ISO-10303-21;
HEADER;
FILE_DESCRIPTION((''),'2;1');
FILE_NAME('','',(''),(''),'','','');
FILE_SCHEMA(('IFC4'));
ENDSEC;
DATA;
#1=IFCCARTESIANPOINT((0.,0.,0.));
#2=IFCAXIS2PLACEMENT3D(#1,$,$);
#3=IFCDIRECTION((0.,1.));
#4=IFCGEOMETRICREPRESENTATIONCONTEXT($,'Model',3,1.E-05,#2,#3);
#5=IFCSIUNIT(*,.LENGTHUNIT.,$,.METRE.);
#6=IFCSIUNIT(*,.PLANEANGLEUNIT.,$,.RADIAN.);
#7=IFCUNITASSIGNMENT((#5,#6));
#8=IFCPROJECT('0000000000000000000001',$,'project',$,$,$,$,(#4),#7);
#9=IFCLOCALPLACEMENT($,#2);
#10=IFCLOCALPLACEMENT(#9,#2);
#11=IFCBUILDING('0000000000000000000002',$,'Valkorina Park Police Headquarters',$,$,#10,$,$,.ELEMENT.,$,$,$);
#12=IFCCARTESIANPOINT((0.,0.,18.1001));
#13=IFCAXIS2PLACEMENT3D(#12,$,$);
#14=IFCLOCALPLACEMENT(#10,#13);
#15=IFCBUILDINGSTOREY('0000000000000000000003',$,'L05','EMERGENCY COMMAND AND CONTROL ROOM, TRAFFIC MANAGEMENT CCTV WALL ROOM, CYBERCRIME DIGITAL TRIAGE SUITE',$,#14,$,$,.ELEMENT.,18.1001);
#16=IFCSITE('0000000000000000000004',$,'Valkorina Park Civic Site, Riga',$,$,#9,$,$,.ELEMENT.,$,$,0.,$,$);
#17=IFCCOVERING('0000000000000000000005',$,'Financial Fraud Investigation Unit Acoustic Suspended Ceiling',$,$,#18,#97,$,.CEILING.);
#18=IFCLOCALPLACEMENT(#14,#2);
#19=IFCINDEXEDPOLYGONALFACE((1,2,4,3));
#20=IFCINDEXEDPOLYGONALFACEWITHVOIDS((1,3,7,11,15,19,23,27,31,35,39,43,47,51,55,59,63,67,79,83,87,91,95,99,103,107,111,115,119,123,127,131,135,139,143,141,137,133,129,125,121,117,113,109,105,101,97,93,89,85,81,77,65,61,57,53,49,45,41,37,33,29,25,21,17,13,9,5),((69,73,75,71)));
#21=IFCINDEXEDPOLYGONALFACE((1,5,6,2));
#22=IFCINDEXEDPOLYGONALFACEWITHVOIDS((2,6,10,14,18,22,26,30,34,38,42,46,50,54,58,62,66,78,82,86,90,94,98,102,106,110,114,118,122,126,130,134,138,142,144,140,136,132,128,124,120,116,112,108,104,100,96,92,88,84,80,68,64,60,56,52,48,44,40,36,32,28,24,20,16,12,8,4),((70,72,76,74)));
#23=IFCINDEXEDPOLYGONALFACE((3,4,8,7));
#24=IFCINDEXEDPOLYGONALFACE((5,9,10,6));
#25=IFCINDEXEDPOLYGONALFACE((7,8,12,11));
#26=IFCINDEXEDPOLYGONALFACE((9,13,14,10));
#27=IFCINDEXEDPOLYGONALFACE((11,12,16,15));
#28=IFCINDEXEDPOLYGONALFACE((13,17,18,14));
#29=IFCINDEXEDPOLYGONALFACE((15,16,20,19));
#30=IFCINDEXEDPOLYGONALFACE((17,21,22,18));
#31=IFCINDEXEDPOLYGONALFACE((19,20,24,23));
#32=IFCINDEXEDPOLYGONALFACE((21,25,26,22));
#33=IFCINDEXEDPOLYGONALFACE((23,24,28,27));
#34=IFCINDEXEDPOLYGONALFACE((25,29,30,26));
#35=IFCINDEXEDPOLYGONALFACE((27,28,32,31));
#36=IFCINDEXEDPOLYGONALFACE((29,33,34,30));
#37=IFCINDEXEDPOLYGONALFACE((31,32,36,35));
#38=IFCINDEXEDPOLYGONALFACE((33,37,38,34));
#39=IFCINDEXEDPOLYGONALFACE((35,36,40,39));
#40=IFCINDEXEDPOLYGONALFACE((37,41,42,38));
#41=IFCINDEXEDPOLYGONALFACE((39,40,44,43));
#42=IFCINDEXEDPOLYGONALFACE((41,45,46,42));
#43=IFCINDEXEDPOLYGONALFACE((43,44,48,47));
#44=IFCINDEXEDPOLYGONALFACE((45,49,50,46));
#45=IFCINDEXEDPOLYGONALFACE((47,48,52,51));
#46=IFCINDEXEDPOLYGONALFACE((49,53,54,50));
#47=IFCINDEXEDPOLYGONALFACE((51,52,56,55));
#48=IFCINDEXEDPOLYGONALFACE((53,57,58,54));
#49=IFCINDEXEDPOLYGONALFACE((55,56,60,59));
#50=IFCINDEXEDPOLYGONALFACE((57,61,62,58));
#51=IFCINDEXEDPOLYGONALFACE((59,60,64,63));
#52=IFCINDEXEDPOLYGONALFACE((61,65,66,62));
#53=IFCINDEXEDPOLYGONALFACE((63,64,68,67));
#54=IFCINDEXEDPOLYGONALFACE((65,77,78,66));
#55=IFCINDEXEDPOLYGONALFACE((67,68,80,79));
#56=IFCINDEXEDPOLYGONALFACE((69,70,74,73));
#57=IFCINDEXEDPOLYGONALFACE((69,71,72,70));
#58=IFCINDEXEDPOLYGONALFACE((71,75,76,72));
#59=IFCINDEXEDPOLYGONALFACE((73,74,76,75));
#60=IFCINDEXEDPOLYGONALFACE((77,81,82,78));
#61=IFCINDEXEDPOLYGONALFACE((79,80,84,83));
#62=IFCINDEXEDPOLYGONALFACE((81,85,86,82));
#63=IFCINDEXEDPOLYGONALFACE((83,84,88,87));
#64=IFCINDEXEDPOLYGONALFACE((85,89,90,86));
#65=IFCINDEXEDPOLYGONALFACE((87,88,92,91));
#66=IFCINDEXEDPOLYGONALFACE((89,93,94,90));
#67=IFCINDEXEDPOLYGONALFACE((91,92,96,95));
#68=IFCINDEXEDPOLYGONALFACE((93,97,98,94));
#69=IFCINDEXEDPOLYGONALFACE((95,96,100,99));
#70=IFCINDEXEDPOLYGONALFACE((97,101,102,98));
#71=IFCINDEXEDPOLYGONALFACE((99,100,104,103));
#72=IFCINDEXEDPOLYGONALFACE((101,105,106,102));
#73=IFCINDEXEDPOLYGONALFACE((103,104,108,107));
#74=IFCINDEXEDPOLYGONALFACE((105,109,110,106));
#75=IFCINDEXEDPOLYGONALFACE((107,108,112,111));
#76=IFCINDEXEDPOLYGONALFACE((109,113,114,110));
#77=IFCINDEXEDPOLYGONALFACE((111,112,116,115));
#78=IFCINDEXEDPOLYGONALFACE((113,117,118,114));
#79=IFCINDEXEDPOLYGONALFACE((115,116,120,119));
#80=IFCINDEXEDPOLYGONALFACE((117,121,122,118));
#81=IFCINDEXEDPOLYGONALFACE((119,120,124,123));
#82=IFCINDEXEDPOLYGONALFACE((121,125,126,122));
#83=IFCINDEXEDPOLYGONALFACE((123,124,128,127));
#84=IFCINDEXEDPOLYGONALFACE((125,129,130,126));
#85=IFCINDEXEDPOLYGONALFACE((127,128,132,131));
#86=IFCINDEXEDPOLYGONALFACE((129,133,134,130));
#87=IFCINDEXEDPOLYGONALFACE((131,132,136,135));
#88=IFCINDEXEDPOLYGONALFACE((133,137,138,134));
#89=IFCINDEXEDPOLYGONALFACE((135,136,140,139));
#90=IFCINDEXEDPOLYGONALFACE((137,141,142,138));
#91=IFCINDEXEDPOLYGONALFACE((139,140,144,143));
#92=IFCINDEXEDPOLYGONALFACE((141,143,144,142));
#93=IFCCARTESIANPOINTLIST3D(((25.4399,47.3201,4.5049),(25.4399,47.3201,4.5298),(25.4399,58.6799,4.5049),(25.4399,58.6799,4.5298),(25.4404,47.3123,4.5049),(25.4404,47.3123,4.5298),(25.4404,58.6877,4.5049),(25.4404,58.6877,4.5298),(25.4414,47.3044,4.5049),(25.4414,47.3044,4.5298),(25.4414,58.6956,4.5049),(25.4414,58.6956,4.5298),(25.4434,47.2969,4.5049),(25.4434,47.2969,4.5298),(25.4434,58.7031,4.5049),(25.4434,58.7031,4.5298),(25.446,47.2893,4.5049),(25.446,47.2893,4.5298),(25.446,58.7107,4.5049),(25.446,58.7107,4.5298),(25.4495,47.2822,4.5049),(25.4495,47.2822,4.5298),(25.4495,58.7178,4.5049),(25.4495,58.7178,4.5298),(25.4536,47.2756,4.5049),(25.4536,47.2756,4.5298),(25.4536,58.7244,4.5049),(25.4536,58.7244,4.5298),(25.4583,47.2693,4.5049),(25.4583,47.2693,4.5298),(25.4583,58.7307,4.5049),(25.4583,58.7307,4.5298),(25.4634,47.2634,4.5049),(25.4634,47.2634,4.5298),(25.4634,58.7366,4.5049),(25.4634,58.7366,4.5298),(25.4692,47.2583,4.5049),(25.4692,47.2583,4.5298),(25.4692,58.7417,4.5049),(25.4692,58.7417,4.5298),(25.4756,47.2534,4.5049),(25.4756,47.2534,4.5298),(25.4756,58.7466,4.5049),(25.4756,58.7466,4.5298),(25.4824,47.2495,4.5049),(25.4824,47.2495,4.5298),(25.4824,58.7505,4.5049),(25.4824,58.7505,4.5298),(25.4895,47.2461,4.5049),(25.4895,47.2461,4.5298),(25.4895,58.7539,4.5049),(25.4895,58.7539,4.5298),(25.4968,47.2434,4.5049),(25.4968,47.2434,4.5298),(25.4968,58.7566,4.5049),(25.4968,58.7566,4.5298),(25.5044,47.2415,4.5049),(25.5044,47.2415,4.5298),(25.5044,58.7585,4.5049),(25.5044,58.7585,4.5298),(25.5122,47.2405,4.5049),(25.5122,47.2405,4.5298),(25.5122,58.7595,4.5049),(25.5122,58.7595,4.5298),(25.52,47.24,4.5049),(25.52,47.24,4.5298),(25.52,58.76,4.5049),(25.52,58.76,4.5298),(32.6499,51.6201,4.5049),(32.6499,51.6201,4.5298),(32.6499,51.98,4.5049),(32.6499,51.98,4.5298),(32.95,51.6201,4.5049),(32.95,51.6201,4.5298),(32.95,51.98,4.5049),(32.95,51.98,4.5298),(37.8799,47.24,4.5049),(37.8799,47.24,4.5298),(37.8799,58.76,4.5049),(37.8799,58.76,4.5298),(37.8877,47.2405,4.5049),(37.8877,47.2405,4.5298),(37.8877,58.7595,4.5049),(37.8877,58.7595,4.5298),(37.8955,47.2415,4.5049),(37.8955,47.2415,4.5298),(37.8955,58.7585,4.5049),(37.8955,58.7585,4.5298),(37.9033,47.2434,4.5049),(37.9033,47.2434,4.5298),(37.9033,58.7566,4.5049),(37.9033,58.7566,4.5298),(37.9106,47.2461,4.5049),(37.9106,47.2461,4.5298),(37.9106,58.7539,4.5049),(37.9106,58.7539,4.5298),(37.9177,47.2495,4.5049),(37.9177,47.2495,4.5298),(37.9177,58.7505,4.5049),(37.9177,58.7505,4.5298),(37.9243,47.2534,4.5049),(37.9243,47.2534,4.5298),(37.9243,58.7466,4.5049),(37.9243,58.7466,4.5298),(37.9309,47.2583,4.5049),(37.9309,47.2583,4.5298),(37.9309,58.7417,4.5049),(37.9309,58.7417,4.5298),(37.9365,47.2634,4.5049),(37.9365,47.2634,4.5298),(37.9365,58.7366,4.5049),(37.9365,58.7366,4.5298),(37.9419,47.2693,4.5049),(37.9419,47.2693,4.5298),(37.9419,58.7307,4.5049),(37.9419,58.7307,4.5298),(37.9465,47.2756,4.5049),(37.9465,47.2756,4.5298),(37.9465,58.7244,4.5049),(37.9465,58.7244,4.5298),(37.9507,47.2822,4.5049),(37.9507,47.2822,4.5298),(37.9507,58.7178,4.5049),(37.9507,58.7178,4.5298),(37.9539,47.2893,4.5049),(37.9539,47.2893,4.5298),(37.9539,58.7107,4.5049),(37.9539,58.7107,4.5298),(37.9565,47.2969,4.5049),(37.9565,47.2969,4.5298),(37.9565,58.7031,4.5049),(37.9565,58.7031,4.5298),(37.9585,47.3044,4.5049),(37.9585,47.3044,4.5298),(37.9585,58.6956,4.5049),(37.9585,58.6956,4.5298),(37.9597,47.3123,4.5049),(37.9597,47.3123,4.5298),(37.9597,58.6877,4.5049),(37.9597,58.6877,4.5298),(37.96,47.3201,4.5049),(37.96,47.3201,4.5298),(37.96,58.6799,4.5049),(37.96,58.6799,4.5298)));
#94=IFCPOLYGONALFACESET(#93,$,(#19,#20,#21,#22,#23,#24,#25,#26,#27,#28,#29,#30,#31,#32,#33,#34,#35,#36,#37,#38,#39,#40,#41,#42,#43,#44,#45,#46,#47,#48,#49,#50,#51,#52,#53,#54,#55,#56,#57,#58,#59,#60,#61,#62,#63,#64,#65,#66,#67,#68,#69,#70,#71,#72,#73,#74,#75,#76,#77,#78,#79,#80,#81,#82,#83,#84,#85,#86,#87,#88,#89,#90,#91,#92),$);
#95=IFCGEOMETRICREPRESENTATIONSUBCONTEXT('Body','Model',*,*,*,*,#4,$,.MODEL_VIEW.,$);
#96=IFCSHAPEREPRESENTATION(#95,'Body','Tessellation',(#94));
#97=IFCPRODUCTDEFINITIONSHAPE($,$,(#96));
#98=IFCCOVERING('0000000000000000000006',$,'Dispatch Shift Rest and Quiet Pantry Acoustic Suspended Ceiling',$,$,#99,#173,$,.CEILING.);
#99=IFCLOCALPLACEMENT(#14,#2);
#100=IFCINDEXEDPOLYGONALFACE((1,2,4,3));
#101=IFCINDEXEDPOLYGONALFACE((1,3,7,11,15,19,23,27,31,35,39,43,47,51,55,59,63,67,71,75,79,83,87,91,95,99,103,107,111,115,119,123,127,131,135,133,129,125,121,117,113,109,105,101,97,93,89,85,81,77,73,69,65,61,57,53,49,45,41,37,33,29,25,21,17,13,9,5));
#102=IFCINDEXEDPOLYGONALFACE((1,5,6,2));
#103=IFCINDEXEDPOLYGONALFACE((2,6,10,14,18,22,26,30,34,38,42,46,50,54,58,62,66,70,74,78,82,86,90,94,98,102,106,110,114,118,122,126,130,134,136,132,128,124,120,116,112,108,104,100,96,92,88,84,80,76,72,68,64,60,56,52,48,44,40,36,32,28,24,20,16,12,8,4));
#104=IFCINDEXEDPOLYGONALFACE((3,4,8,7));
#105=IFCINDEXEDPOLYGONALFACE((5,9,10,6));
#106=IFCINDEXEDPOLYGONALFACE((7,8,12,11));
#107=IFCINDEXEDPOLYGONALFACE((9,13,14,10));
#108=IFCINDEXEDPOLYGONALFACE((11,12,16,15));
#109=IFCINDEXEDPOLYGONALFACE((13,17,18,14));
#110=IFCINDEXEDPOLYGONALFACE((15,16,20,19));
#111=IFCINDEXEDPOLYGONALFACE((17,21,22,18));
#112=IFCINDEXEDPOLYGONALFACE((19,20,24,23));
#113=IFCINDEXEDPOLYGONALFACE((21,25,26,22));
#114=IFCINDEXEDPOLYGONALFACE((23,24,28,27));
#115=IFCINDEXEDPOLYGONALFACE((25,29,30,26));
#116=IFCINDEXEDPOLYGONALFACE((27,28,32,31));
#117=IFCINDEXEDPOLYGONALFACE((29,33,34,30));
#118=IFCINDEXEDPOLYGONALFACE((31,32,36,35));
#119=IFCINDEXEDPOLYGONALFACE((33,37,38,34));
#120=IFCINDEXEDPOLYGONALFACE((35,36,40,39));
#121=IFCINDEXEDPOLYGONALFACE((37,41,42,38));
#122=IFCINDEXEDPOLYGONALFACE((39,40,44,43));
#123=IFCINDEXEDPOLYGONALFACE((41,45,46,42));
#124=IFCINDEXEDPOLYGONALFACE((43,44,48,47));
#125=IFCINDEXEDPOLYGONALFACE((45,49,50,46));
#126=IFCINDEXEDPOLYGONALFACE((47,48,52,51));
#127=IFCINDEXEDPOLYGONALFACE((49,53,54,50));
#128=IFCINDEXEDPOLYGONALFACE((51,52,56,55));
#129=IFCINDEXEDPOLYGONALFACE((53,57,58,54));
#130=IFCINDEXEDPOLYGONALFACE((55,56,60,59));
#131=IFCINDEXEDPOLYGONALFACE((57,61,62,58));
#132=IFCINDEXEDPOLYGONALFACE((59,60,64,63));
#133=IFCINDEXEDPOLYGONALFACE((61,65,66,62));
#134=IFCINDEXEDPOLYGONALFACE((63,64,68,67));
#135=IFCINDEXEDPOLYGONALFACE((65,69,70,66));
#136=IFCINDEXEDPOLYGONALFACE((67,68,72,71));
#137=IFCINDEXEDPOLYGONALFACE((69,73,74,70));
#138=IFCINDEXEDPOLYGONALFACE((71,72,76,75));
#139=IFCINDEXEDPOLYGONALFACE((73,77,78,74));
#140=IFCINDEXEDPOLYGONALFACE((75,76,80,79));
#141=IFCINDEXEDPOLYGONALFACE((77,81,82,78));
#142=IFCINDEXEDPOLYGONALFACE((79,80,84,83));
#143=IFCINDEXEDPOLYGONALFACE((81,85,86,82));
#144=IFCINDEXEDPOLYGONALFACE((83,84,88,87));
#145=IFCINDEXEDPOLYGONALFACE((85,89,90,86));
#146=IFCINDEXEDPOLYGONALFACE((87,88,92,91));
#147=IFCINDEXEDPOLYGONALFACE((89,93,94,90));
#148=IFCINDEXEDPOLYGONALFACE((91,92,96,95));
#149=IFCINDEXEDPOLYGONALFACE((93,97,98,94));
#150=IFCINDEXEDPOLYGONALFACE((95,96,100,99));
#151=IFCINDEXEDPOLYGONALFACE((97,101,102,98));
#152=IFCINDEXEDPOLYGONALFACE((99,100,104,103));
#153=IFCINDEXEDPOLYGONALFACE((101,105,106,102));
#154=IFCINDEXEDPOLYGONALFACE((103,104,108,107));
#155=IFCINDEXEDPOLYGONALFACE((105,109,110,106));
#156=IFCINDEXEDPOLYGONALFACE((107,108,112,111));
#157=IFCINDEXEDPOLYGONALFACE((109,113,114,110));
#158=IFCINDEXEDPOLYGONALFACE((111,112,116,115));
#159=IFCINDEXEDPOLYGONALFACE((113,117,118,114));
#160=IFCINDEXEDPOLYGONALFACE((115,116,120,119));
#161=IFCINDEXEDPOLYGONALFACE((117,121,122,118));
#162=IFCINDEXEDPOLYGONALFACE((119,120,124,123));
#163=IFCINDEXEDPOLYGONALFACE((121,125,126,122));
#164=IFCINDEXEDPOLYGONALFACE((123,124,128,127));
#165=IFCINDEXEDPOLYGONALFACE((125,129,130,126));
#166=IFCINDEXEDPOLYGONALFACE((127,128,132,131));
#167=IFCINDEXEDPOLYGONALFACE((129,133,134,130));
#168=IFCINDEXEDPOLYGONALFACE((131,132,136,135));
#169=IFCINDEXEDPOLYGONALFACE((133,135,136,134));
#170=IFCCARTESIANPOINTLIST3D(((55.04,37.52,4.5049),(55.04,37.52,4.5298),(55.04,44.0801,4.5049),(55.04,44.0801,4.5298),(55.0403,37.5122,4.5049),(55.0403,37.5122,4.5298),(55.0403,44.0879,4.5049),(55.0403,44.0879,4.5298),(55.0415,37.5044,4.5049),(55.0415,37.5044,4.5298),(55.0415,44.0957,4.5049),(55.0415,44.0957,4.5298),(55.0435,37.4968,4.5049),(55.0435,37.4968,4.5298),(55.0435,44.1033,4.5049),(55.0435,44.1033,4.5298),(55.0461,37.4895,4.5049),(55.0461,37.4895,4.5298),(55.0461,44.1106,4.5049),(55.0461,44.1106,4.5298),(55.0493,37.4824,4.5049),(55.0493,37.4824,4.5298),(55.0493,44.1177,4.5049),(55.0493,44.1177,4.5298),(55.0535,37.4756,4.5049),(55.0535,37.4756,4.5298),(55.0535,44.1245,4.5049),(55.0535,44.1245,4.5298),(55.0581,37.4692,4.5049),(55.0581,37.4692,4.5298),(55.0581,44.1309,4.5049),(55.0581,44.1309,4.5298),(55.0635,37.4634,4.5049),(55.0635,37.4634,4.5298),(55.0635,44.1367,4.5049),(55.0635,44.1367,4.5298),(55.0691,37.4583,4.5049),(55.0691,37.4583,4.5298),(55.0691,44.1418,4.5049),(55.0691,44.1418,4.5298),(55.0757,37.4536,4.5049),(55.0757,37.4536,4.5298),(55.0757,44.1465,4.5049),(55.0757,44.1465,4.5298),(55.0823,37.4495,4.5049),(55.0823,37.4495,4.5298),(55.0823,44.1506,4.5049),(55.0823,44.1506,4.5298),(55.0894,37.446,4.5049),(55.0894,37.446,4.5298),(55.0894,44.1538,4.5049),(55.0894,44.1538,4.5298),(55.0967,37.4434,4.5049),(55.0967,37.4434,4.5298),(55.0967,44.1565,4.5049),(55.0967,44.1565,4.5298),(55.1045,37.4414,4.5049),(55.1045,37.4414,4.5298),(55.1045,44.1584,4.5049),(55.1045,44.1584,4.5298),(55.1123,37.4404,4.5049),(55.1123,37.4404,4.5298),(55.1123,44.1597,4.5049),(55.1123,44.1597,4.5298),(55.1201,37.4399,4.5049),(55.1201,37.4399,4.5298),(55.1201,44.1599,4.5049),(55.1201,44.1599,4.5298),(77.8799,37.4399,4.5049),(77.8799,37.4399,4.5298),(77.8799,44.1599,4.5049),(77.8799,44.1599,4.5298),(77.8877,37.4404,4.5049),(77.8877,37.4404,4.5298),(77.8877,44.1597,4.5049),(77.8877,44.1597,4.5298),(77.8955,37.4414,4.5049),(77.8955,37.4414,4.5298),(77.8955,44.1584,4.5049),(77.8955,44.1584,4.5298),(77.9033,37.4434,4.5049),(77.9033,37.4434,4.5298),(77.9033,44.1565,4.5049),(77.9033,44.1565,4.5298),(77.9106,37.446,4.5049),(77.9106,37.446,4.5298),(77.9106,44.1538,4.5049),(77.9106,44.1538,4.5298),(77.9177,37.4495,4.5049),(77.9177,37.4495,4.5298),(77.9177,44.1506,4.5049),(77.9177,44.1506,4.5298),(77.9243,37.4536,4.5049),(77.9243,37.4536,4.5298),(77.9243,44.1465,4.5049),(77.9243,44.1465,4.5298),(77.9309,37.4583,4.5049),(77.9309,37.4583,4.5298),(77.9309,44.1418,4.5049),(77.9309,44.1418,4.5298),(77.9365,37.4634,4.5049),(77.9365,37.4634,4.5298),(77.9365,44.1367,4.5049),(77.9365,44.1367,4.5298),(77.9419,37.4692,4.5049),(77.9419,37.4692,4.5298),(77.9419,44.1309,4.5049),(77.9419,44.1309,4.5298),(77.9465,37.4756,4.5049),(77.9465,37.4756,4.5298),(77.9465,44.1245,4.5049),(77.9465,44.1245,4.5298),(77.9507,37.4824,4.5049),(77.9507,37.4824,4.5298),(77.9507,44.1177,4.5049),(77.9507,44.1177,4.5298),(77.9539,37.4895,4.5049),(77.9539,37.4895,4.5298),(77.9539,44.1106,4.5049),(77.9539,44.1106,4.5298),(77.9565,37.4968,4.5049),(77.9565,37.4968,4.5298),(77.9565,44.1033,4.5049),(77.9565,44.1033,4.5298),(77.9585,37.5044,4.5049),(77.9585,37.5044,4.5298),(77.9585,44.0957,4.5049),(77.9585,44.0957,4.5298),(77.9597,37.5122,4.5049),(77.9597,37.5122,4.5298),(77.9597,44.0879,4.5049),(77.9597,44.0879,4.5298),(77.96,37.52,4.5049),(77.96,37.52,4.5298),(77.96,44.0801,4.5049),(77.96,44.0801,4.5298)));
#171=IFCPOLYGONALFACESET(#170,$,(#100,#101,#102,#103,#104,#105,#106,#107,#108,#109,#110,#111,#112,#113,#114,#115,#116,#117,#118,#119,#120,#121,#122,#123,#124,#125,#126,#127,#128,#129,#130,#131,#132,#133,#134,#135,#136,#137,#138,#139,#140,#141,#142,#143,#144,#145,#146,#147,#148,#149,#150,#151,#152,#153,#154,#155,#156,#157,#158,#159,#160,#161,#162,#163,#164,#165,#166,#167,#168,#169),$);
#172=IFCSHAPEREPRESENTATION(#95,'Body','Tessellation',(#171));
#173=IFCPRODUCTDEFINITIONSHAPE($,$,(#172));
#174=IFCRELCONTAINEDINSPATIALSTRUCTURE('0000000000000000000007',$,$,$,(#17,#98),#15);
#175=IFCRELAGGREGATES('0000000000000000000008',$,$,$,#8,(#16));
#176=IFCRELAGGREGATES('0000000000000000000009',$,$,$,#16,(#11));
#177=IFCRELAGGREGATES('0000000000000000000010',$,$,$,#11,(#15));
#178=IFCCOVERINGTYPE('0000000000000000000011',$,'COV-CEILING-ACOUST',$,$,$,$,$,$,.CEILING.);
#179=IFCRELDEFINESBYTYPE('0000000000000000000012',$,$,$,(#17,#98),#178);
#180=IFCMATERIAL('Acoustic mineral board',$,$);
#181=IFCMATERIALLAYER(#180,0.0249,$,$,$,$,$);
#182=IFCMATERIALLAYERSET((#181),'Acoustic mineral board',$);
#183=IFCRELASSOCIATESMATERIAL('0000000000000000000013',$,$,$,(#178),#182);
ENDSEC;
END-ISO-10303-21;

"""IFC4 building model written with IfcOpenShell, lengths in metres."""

from ifc_helpers import new_model, si_unit, direction, frame, origin, place, context, subcontext, project, spatial, polyline, outline, extrude, material, layer, layer_set, type_object, element, save


model = new_model("IFC4")

# Units and contexts
model_context = context("Model", 3, precision=1e-05, world=origin(), true_north=direction((0.0, 1.0)))
body_context = subcontext(model_context, "Body", "Model", "MODEL_VIEW")
ifc_project = project(units=[si_unit("LENGTHUNIT", "METRE"), si_unit("PLANEANGLEUNIT", "RADIAN")], contexts=[model_context])

# Site, building, storey
site_placement = place(None, origin())
site = spatial("IfcSite", under=ifc_project, at=site_placement, Name="Valkorina Park Civic Site, Riga", CompositionType="ELEMENT", RefElevation=0.0)
building_placement = place(site_placement, origin())
building = spatial("IfcBuilding", under=site, at=building_placement, Name="Valkorina Park Police Headquarters", CompositionType="ELEMENT")
storey_placement = place(building_placement, frame((0.0, 0.0, 18.1001)))
storey = spatial("IfcBuildingStorey", under=building, at=storey_placement, Name="L05", Description="EMERGENCY COMMAND AND CONTROL ROOM, TRAFFIC MANAGEMENT CCTV WALL ROOM, CYBERCRIME DIGITAL TRIAGE SUITE", CompositionType="ELEMENT", Elevation=18.1001)

# Coverings
ifc_material_1 = material(Name="Acoustic mineral board")
ifc_layer_1 = layer(ifc_material_1, 0.0249)
ifc_layer_set_1 = layer_set([ifc_layer_1], Name="Acoustic mineral board")
covering_type_1 = type_object("IfcCoveringType", Name="COV-CEILING-ACOUST", PredefinedType="CEILING", material=ifc_layer_set_1)
covering_1_placement = place(storey_placement, frame((0.0, 0.0, 4.5049)))
element("IfcCovering", 1, at=covering_1_placement, inside=storey, type_object=covering_type_1, Name="Financial Fraud Investigation Unit Acoustic Suspended Ceiling", PredefinedType="CEILING", context=body_context, shape_type="SweptSolid", body=[
    extrude(outline(polyline([(37.8955, 58.7585), (37.8877, 58.7595), (37.8799, 58.76), (25.52, 58.76), (25.5122, 58.7595), (25.5044, 58.7585), (25.4968, 58.7566), (25.4895, 58.7539), (25.4824, 58.7505), (25.4756, 58.7466), (25.4692, 58.7417), (25.4634, 58.7366), (25.4583, 58.7307), (25.4536, 58.7244), (25.4495, 58.7178), (25.446, 58.7107), (25.4434, 58.7031), (25.4414, 58.6956), (25.4404, 58.6877), (25.4399, 58.6799), (25.4399, 47.3201), (25.4404, 47.3123), (25.4414, 47.3044), (25.4434, 47.2969), (25.446, 47.2893), (25.4495, 47.2822), (25.4536, 47.2756), (25.4583, 47.2693), (25.4634, 47.2634), (25.4692, 47.2583), (25.4756, 47.2534), (25.4824, 47.2495), (25.4895, 47.2461), (25.4968, 47.2434), (25.5044, 47.2415), (25.5122, 47.2405), (25.52, 47.24), (37.8799, 47.24), (37.8877, 47.2405), (37.8955, 47.2415), (37.9033, 47.2434), (37.9106, 47.2461), (37.9177, 47.2495), (37.9243, 47.2534), (37.9309, 47.2583), (37.9365, 47.2634), (37.9419, 47.2693), (37.9465, 47.2756), (37.9507, 47.2822), (37.9539, 47.2893), (37.9565, 47.2969), (37.9585, 47.3044), (37.9597, 47.3123), (37.96, 47.3201), (37.96, 58.6799), (37.9597, 58.6877), (37.9585, 58.6956), (37.9565, 58.7031), (37.9539, 58.7107), (37.9507, 58.7178), (37.9465, 58.7244), (37.9419, 58.7307), (37.9365, 58.7366), (37.9309, 58.7417), (37.9243, 58.7466), (37.9177, 58.7505), (37.9106, 58.7539), (37.9033, 58.7566), (37.8955, 58.7585)]), holes=[polyline([(32.95, 51.98), (32.95, 51.6201), (32.6499, 51.6201), (32.6499, 51.98), (32.95, 51.98)])]), origin(), (0.0, 0.0, 1.0), 0.0249),
])
covering_2_placement = place(storey_placement, frame((0.0, 0.0, 4.5049)))
element("IfcCovering", 2, at=covering_2_placement, inside=storey, type_object=covering_type_1, Name="Dispatch Shift Rest and Quiet Pantry Acoustic Suspended Ceiling", PredefinedType="CEILING", context=body_context, shape_type="SweptSolid", body=[
    extrude(outline(polyline([(77.8955, 44.1584), (77.8877, 44.1597), (77.8799, 44.1599), (55.1201, 44.1599), (55.1123, 44.1597), (55.1045, 44.1584), (55.0967, 44.1565), (55.0894, 44.1538), (55.0823, 44.1506), (55.0757, 44.1465), (55.0691, 44.1418), (55.0635, 44.1367), (55.0581, 44.1309), (55.0535, 44.1245), (55.0493, 44.1177), (55.0461, 44.1106), (55.0435, 44.1033), (55.0415, 44.0957), (55.0403, 44.0879), (55.04, 44.0801), (55.04, 37.52), (55.0403, 37.5122), (55.0415, 37.5044), (55.0435, 37.4968), (55.0461, 37.4895), (55.0493, 37.4824), (55.0535, 37.4756), (55.0581, 37.4692), (55.0635, 37.4634), (55.0691, 37.4583), (55.0757, 37.4536), (55.0823, 37.4495), (55.0894, 37.446), (55.0967, 37.4434), (55.1045, 37.4414), (55.1123, 37.4404), (55.1201, 37.4399), (77.8799, 37.4399), (77.8877, 37.4404), (77.8955, 37.4414), (77.9033, 37.4434), (77.9106, 37.446), (77.9177, 37.4495), (77.9243, 37.4536), (77.9309, 37.4583), (77.9365, 37.4634), (77.9419, 37.4692), (77.9465, 37.4756), (77.9507, 37.4824), (77.9539, 37.4895), (77.9565, 37.4968), (77.9585, 37.5044), (77.9597, 37.5122), (77.96, 37.52), (77.96, 44.0801), (77.9597, 44.0879), (77.9585, 44.0957), (77.9565, 44.1033), (77.9539, 44.1106), (77.9507, 44.1177), (77.9465, 44.1245), (77.9419, 44.1309), (77.9365, 44.1367), (77.9309, 44.1418), (77.9243, 44.1465), (77.9177, 44.1506), (77.9106, 44.1538), (77.9033, 44.1565), (77.8955, 44.1584)])), origin(), (0.0, 0.0, 1.0), 0.0249),
])

save(model, "model.ifc")
